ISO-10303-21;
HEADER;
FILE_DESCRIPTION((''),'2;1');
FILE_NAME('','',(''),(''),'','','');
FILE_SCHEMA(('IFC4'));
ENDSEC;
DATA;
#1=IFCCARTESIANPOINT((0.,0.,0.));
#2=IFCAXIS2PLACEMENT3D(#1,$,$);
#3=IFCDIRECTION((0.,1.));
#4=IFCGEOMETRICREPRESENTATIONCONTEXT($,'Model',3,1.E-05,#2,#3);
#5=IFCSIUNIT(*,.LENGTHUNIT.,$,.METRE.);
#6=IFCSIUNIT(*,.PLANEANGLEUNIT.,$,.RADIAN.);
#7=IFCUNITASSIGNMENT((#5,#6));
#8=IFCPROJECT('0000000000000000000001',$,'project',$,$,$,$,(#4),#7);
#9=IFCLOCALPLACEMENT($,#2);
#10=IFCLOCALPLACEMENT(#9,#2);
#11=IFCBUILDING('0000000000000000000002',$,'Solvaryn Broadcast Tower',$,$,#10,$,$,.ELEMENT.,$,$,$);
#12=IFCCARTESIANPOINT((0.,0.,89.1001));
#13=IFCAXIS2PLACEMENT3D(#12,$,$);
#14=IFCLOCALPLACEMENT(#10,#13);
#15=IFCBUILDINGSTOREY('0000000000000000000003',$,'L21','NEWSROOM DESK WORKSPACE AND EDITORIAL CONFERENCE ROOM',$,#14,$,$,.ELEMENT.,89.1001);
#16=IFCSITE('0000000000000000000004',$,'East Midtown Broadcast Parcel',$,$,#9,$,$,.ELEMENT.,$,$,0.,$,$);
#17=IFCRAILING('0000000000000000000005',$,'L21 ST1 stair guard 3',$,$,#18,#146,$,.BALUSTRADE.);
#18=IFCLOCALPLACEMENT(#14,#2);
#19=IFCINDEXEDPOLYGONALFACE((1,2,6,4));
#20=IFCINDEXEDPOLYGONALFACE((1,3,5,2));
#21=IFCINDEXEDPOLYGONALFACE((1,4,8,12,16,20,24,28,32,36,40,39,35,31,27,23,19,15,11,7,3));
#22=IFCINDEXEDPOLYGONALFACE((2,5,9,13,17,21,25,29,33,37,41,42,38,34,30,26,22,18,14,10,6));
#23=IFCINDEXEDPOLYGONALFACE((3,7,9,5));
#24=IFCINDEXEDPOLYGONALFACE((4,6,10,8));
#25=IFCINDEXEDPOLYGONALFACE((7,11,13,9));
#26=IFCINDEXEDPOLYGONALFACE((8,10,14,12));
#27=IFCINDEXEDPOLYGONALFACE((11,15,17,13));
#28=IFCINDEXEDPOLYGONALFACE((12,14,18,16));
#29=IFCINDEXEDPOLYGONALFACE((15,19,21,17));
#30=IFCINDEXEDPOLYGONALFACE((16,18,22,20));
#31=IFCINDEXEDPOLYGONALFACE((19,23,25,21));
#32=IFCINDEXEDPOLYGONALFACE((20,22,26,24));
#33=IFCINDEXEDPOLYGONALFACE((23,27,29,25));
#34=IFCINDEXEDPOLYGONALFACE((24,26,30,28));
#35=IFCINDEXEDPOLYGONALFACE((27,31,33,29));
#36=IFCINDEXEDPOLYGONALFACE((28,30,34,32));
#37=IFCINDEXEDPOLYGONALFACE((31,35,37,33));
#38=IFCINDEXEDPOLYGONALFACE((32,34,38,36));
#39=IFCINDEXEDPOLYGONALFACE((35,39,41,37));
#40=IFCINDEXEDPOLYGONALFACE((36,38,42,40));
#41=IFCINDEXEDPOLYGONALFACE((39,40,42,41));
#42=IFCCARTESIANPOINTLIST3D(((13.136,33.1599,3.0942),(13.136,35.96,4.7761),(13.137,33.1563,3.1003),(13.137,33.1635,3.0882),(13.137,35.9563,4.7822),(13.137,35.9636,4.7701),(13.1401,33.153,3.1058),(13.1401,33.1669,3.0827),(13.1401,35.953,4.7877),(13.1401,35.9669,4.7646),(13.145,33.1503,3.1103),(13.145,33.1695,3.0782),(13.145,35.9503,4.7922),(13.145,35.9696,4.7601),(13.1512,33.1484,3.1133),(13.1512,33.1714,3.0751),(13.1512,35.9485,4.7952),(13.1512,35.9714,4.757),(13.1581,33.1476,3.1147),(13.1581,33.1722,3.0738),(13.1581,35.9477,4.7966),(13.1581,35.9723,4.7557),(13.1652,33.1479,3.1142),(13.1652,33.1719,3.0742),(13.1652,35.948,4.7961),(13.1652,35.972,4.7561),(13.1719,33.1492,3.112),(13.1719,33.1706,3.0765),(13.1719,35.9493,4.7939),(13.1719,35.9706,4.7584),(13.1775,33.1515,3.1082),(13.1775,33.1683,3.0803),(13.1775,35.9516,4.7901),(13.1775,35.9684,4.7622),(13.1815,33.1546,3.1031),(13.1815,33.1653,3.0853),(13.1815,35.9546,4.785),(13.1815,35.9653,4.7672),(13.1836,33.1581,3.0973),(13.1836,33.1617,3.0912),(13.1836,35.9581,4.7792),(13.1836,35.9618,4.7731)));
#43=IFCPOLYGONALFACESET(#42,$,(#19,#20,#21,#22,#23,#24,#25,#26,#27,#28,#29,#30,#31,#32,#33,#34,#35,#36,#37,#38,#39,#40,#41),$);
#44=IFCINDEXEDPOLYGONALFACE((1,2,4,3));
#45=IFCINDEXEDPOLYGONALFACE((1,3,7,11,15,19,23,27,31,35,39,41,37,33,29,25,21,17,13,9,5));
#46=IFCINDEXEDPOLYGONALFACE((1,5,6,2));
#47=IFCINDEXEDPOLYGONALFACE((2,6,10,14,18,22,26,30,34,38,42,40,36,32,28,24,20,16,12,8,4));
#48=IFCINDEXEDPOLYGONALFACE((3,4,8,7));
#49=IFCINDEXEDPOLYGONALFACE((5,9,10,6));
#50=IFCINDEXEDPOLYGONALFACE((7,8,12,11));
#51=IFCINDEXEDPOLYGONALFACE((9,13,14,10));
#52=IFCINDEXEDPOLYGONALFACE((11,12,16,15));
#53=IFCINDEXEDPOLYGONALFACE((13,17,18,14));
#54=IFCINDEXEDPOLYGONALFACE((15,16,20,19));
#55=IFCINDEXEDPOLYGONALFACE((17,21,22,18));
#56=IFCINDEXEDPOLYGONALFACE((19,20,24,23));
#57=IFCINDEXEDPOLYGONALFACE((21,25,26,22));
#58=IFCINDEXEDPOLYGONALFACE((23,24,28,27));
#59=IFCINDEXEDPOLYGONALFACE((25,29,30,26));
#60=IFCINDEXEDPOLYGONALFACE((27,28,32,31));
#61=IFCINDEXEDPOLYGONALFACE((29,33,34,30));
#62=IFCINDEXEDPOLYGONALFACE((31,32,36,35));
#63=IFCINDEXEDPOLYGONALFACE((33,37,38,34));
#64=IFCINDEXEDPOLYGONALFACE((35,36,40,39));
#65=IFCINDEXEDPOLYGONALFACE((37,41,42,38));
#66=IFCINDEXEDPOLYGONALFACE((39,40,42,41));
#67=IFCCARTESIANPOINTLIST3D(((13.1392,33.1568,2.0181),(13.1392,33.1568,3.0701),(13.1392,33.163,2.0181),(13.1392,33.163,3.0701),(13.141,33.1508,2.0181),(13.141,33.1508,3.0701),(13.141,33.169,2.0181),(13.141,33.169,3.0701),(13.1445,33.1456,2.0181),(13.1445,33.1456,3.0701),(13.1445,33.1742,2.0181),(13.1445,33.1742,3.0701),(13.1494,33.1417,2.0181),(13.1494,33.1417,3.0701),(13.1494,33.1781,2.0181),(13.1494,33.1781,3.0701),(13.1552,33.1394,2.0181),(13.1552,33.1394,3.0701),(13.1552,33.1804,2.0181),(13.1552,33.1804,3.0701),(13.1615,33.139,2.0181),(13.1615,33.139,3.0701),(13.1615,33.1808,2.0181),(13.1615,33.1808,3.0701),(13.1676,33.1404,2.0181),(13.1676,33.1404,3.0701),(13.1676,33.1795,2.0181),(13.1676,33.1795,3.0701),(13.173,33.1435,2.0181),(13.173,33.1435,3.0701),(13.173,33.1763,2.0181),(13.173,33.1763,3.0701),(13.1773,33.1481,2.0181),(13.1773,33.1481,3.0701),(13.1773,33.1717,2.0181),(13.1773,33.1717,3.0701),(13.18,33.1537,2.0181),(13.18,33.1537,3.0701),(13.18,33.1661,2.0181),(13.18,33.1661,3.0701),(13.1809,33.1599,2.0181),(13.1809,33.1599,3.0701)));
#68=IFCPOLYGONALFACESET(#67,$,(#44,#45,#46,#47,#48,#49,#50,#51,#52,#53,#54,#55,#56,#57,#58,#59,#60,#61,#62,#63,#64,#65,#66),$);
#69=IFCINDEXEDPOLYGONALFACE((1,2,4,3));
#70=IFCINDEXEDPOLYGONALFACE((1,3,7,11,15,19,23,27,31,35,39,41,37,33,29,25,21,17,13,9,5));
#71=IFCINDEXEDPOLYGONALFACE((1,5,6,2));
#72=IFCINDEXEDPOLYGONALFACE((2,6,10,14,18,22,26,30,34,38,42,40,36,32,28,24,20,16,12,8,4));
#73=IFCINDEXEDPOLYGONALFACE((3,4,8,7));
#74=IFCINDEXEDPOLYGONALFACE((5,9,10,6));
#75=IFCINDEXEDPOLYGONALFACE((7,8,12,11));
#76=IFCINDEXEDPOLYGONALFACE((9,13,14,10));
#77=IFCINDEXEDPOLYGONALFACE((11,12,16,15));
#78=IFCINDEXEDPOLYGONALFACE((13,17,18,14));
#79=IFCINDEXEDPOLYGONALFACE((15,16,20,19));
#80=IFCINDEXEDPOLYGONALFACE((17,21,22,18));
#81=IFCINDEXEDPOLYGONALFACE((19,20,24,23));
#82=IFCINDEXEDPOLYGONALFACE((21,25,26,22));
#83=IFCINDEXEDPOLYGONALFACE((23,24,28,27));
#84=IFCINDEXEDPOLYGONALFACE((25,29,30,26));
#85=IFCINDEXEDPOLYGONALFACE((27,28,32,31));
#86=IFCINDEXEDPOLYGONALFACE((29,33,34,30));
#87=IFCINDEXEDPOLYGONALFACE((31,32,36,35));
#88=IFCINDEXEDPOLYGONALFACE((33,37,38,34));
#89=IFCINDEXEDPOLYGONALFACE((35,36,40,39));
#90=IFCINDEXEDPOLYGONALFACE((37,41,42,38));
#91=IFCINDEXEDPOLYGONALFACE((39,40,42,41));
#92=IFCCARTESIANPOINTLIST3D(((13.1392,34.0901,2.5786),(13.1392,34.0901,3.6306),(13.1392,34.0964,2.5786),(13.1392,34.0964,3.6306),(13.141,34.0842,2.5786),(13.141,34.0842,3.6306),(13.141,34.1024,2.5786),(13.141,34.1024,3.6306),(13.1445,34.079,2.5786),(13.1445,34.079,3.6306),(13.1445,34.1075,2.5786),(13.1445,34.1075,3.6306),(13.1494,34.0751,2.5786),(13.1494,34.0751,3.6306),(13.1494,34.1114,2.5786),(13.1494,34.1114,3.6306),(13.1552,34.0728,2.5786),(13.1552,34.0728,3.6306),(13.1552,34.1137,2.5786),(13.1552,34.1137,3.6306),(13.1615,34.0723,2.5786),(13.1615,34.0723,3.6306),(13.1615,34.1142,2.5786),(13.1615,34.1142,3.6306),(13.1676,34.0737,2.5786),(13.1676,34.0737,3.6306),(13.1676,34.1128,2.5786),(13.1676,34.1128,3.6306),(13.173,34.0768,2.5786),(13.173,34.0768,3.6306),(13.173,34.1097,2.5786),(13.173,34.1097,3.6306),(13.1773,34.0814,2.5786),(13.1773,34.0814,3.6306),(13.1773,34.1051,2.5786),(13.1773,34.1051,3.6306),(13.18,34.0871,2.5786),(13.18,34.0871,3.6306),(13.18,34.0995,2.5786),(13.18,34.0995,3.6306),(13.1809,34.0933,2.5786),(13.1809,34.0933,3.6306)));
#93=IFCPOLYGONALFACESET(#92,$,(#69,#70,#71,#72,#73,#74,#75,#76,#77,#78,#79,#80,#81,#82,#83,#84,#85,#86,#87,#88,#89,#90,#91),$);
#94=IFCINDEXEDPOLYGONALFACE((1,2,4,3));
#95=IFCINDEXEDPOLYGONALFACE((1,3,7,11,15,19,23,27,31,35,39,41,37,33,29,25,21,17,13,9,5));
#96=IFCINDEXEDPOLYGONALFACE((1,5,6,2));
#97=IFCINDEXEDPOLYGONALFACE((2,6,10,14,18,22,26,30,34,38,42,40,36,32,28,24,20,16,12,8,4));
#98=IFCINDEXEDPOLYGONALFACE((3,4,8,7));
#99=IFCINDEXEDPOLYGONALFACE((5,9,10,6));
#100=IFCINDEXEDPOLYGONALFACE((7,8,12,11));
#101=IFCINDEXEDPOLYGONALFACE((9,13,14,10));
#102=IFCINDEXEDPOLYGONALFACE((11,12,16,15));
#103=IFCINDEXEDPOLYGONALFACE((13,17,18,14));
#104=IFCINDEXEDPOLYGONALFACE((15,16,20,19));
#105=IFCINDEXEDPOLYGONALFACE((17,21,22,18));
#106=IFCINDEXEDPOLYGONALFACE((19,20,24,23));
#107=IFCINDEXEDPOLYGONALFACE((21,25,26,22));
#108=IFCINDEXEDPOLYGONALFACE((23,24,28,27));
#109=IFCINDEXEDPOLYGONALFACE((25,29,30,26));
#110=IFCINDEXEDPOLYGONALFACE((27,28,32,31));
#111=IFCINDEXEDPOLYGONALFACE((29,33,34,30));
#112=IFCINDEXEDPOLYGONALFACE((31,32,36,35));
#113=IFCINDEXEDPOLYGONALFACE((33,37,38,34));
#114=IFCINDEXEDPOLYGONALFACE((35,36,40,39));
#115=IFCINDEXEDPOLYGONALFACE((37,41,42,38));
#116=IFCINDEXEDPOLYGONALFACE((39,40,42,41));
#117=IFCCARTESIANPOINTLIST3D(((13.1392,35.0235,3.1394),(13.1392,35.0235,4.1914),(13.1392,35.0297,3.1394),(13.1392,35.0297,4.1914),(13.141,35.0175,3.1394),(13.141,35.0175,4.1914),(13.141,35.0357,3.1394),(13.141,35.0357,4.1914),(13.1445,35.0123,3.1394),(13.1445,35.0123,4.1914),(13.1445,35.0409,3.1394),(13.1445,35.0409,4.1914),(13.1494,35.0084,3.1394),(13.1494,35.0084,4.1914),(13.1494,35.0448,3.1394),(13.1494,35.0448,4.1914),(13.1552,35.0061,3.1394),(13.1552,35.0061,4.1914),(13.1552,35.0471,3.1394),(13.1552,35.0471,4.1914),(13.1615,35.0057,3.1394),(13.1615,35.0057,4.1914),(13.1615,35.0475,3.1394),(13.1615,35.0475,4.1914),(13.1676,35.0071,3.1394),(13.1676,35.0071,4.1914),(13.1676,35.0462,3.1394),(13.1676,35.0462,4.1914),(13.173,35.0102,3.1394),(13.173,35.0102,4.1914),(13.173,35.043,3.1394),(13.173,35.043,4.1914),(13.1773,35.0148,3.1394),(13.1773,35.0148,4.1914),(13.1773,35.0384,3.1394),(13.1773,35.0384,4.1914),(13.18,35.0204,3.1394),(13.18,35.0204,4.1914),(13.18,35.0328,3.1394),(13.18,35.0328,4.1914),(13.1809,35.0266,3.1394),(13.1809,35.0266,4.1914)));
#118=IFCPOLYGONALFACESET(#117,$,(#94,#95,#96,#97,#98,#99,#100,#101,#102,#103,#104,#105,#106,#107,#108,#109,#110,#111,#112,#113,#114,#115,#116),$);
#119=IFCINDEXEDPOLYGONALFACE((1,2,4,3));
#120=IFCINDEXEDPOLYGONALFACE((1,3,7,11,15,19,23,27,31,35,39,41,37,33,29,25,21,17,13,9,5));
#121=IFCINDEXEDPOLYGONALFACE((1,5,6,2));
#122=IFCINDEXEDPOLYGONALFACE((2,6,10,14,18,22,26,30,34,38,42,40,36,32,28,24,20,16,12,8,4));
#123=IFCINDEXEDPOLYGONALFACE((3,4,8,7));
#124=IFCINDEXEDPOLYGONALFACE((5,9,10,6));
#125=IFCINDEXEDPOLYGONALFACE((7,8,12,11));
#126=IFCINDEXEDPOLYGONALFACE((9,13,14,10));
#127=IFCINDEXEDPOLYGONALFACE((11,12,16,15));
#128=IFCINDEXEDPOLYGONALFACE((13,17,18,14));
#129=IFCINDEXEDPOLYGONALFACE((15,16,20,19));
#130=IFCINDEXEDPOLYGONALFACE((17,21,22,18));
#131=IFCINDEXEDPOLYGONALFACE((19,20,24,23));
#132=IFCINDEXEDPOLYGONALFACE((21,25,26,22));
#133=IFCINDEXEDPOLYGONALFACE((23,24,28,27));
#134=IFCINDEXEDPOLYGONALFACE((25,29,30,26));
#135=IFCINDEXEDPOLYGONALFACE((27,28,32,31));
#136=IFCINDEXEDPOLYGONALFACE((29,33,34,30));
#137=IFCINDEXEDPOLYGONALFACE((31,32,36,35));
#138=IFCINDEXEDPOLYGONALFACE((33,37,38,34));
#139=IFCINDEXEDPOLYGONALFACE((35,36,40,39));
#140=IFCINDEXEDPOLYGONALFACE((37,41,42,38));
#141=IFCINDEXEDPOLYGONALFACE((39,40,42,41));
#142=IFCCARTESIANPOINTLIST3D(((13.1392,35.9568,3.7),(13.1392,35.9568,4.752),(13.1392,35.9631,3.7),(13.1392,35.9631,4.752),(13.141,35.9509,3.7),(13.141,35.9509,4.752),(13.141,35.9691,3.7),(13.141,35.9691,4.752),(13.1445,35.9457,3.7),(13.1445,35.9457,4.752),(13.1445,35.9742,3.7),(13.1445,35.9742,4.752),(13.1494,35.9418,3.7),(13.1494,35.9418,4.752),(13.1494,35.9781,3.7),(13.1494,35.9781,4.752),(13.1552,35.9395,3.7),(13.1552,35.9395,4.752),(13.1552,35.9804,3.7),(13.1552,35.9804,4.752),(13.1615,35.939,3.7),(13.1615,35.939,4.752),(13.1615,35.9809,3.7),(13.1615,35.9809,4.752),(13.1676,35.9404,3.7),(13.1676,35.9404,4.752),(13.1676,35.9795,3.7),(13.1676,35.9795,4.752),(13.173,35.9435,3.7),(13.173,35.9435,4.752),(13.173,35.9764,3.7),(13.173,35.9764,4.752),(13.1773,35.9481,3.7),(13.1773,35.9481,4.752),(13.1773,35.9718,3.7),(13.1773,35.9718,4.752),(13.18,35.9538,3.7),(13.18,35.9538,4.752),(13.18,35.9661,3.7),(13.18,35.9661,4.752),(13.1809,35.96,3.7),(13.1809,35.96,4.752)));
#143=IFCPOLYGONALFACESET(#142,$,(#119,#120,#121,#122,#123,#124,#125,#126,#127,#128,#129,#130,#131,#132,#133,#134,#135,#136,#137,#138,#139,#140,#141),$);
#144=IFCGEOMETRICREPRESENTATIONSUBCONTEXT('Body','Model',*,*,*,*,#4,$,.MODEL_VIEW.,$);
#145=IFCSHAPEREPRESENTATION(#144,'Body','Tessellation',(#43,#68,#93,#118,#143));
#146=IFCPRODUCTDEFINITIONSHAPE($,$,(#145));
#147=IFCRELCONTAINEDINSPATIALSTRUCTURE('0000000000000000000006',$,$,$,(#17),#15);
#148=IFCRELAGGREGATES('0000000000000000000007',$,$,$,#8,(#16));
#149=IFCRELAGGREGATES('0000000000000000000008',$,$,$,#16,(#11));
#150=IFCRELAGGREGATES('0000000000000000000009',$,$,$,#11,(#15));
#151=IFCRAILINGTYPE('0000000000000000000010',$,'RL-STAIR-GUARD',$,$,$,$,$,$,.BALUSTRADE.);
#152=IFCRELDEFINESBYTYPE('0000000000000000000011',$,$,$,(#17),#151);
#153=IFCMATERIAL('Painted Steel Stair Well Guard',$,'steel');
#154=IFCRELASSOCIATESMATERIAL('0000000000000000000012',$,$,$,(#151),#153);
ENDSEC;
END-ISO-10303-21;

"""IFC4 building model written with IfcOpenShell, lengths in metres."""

from ifc_helpers import new_model, si_unit, direction, frame, origin, origin_2d, place, context, subcontext, project, spatial, circle, extrude, material, type_object, element, save


model = new_model("IFC4")

# Units and contexts
model_context = context("Model", 3, precision=1e-05, world=origin(), true_north=direction((0.0, 1.0)))
body_context = subcontext(model_context, "Body", "Model", "MODEL_VIEW")
ifc_project = project(units=[si_unit("LENGTHUNIT", "METRE"), si_unit("PLANEANGLEUNIT", "RADIAN")], contexts=[model_context])

# Site, building, storey
site_placement = place(None, origin())
site = spatial("IfcSite", under=ifc_project, at=site_placement, Name="East Midtown Broadcast Parcel", CompositionType="ELEMENT", RefElevation=0.0)
building_placement = place(site_placement, origin())
building = spatial("IfcBuilding", under=site, at=building_placement, Name="Solvaryn Broadcast Tower", CompositionType="ELEMENT")
storey_placement = place(building_placement, frame((0.0, 0.0, 89.1001)))
storey = spatial("IfcBuildingStorey", under=building, at=storey_placement, Name="L21", Description="NEWSROOM DESK WORKSPACE AND EDITORIAL CONFERENCE ROOM", CompositionType="ELEMENT", Elevation=89.1001)

# Railing
ifc_material_1 = material(Name="Painted Steel Stair Well Guard", Category="steel")
railing_type_1 = type_object("IfcRailingType", Name="RL-STAIR-GUARD", PredefinedType="BALUSTRADE", material=ifc_material_1)
railing_1_placement = place(storey_placement, frame((13.1599, 33.1599, 2.0181)))
element("IfcRailing", 1, at=railing_1_placement, inside=storey, type_object=railing_type_1, Name="L21 ST1 stair guard 3", PredefinedType="BALUSTRADE", context=body_context, shape_type="SweptSolid", body=[
    extrude(circle(Radius=0.0239, at=origin_2d()), frame((0.0, 0.0, 1.0762), z_axis=(0.0, 0.857242, 0.514913), x_axis=(-1.0, 0.0, 0.0)), (0.0, 0.0, 1.0), 3.2664),
    extrude(circle(Radius=0.021, at=origin_2d()), origin(), (0.0, 0.0, 1.0), 1.052),
    extrude(circle(Radius=0.021, at=origin_2d()), frame((0.0, 0.9333, 0.5605)), (0.0, 0.0, 1.0), 1.052),
    extrude(circle(Radius=0.021, at=origin_2d()), frame((0.0, 1.8667, 1.1213)), (0.0, 0.0, 1.0), 1.052),
    extrude(circle(Radius=0.021, at=origin_2d()), frame((0.0, 2.8, 1.6819)), (0.0, 0.0, 1.0), 1.052),
])

save(model, "model.ifc")
